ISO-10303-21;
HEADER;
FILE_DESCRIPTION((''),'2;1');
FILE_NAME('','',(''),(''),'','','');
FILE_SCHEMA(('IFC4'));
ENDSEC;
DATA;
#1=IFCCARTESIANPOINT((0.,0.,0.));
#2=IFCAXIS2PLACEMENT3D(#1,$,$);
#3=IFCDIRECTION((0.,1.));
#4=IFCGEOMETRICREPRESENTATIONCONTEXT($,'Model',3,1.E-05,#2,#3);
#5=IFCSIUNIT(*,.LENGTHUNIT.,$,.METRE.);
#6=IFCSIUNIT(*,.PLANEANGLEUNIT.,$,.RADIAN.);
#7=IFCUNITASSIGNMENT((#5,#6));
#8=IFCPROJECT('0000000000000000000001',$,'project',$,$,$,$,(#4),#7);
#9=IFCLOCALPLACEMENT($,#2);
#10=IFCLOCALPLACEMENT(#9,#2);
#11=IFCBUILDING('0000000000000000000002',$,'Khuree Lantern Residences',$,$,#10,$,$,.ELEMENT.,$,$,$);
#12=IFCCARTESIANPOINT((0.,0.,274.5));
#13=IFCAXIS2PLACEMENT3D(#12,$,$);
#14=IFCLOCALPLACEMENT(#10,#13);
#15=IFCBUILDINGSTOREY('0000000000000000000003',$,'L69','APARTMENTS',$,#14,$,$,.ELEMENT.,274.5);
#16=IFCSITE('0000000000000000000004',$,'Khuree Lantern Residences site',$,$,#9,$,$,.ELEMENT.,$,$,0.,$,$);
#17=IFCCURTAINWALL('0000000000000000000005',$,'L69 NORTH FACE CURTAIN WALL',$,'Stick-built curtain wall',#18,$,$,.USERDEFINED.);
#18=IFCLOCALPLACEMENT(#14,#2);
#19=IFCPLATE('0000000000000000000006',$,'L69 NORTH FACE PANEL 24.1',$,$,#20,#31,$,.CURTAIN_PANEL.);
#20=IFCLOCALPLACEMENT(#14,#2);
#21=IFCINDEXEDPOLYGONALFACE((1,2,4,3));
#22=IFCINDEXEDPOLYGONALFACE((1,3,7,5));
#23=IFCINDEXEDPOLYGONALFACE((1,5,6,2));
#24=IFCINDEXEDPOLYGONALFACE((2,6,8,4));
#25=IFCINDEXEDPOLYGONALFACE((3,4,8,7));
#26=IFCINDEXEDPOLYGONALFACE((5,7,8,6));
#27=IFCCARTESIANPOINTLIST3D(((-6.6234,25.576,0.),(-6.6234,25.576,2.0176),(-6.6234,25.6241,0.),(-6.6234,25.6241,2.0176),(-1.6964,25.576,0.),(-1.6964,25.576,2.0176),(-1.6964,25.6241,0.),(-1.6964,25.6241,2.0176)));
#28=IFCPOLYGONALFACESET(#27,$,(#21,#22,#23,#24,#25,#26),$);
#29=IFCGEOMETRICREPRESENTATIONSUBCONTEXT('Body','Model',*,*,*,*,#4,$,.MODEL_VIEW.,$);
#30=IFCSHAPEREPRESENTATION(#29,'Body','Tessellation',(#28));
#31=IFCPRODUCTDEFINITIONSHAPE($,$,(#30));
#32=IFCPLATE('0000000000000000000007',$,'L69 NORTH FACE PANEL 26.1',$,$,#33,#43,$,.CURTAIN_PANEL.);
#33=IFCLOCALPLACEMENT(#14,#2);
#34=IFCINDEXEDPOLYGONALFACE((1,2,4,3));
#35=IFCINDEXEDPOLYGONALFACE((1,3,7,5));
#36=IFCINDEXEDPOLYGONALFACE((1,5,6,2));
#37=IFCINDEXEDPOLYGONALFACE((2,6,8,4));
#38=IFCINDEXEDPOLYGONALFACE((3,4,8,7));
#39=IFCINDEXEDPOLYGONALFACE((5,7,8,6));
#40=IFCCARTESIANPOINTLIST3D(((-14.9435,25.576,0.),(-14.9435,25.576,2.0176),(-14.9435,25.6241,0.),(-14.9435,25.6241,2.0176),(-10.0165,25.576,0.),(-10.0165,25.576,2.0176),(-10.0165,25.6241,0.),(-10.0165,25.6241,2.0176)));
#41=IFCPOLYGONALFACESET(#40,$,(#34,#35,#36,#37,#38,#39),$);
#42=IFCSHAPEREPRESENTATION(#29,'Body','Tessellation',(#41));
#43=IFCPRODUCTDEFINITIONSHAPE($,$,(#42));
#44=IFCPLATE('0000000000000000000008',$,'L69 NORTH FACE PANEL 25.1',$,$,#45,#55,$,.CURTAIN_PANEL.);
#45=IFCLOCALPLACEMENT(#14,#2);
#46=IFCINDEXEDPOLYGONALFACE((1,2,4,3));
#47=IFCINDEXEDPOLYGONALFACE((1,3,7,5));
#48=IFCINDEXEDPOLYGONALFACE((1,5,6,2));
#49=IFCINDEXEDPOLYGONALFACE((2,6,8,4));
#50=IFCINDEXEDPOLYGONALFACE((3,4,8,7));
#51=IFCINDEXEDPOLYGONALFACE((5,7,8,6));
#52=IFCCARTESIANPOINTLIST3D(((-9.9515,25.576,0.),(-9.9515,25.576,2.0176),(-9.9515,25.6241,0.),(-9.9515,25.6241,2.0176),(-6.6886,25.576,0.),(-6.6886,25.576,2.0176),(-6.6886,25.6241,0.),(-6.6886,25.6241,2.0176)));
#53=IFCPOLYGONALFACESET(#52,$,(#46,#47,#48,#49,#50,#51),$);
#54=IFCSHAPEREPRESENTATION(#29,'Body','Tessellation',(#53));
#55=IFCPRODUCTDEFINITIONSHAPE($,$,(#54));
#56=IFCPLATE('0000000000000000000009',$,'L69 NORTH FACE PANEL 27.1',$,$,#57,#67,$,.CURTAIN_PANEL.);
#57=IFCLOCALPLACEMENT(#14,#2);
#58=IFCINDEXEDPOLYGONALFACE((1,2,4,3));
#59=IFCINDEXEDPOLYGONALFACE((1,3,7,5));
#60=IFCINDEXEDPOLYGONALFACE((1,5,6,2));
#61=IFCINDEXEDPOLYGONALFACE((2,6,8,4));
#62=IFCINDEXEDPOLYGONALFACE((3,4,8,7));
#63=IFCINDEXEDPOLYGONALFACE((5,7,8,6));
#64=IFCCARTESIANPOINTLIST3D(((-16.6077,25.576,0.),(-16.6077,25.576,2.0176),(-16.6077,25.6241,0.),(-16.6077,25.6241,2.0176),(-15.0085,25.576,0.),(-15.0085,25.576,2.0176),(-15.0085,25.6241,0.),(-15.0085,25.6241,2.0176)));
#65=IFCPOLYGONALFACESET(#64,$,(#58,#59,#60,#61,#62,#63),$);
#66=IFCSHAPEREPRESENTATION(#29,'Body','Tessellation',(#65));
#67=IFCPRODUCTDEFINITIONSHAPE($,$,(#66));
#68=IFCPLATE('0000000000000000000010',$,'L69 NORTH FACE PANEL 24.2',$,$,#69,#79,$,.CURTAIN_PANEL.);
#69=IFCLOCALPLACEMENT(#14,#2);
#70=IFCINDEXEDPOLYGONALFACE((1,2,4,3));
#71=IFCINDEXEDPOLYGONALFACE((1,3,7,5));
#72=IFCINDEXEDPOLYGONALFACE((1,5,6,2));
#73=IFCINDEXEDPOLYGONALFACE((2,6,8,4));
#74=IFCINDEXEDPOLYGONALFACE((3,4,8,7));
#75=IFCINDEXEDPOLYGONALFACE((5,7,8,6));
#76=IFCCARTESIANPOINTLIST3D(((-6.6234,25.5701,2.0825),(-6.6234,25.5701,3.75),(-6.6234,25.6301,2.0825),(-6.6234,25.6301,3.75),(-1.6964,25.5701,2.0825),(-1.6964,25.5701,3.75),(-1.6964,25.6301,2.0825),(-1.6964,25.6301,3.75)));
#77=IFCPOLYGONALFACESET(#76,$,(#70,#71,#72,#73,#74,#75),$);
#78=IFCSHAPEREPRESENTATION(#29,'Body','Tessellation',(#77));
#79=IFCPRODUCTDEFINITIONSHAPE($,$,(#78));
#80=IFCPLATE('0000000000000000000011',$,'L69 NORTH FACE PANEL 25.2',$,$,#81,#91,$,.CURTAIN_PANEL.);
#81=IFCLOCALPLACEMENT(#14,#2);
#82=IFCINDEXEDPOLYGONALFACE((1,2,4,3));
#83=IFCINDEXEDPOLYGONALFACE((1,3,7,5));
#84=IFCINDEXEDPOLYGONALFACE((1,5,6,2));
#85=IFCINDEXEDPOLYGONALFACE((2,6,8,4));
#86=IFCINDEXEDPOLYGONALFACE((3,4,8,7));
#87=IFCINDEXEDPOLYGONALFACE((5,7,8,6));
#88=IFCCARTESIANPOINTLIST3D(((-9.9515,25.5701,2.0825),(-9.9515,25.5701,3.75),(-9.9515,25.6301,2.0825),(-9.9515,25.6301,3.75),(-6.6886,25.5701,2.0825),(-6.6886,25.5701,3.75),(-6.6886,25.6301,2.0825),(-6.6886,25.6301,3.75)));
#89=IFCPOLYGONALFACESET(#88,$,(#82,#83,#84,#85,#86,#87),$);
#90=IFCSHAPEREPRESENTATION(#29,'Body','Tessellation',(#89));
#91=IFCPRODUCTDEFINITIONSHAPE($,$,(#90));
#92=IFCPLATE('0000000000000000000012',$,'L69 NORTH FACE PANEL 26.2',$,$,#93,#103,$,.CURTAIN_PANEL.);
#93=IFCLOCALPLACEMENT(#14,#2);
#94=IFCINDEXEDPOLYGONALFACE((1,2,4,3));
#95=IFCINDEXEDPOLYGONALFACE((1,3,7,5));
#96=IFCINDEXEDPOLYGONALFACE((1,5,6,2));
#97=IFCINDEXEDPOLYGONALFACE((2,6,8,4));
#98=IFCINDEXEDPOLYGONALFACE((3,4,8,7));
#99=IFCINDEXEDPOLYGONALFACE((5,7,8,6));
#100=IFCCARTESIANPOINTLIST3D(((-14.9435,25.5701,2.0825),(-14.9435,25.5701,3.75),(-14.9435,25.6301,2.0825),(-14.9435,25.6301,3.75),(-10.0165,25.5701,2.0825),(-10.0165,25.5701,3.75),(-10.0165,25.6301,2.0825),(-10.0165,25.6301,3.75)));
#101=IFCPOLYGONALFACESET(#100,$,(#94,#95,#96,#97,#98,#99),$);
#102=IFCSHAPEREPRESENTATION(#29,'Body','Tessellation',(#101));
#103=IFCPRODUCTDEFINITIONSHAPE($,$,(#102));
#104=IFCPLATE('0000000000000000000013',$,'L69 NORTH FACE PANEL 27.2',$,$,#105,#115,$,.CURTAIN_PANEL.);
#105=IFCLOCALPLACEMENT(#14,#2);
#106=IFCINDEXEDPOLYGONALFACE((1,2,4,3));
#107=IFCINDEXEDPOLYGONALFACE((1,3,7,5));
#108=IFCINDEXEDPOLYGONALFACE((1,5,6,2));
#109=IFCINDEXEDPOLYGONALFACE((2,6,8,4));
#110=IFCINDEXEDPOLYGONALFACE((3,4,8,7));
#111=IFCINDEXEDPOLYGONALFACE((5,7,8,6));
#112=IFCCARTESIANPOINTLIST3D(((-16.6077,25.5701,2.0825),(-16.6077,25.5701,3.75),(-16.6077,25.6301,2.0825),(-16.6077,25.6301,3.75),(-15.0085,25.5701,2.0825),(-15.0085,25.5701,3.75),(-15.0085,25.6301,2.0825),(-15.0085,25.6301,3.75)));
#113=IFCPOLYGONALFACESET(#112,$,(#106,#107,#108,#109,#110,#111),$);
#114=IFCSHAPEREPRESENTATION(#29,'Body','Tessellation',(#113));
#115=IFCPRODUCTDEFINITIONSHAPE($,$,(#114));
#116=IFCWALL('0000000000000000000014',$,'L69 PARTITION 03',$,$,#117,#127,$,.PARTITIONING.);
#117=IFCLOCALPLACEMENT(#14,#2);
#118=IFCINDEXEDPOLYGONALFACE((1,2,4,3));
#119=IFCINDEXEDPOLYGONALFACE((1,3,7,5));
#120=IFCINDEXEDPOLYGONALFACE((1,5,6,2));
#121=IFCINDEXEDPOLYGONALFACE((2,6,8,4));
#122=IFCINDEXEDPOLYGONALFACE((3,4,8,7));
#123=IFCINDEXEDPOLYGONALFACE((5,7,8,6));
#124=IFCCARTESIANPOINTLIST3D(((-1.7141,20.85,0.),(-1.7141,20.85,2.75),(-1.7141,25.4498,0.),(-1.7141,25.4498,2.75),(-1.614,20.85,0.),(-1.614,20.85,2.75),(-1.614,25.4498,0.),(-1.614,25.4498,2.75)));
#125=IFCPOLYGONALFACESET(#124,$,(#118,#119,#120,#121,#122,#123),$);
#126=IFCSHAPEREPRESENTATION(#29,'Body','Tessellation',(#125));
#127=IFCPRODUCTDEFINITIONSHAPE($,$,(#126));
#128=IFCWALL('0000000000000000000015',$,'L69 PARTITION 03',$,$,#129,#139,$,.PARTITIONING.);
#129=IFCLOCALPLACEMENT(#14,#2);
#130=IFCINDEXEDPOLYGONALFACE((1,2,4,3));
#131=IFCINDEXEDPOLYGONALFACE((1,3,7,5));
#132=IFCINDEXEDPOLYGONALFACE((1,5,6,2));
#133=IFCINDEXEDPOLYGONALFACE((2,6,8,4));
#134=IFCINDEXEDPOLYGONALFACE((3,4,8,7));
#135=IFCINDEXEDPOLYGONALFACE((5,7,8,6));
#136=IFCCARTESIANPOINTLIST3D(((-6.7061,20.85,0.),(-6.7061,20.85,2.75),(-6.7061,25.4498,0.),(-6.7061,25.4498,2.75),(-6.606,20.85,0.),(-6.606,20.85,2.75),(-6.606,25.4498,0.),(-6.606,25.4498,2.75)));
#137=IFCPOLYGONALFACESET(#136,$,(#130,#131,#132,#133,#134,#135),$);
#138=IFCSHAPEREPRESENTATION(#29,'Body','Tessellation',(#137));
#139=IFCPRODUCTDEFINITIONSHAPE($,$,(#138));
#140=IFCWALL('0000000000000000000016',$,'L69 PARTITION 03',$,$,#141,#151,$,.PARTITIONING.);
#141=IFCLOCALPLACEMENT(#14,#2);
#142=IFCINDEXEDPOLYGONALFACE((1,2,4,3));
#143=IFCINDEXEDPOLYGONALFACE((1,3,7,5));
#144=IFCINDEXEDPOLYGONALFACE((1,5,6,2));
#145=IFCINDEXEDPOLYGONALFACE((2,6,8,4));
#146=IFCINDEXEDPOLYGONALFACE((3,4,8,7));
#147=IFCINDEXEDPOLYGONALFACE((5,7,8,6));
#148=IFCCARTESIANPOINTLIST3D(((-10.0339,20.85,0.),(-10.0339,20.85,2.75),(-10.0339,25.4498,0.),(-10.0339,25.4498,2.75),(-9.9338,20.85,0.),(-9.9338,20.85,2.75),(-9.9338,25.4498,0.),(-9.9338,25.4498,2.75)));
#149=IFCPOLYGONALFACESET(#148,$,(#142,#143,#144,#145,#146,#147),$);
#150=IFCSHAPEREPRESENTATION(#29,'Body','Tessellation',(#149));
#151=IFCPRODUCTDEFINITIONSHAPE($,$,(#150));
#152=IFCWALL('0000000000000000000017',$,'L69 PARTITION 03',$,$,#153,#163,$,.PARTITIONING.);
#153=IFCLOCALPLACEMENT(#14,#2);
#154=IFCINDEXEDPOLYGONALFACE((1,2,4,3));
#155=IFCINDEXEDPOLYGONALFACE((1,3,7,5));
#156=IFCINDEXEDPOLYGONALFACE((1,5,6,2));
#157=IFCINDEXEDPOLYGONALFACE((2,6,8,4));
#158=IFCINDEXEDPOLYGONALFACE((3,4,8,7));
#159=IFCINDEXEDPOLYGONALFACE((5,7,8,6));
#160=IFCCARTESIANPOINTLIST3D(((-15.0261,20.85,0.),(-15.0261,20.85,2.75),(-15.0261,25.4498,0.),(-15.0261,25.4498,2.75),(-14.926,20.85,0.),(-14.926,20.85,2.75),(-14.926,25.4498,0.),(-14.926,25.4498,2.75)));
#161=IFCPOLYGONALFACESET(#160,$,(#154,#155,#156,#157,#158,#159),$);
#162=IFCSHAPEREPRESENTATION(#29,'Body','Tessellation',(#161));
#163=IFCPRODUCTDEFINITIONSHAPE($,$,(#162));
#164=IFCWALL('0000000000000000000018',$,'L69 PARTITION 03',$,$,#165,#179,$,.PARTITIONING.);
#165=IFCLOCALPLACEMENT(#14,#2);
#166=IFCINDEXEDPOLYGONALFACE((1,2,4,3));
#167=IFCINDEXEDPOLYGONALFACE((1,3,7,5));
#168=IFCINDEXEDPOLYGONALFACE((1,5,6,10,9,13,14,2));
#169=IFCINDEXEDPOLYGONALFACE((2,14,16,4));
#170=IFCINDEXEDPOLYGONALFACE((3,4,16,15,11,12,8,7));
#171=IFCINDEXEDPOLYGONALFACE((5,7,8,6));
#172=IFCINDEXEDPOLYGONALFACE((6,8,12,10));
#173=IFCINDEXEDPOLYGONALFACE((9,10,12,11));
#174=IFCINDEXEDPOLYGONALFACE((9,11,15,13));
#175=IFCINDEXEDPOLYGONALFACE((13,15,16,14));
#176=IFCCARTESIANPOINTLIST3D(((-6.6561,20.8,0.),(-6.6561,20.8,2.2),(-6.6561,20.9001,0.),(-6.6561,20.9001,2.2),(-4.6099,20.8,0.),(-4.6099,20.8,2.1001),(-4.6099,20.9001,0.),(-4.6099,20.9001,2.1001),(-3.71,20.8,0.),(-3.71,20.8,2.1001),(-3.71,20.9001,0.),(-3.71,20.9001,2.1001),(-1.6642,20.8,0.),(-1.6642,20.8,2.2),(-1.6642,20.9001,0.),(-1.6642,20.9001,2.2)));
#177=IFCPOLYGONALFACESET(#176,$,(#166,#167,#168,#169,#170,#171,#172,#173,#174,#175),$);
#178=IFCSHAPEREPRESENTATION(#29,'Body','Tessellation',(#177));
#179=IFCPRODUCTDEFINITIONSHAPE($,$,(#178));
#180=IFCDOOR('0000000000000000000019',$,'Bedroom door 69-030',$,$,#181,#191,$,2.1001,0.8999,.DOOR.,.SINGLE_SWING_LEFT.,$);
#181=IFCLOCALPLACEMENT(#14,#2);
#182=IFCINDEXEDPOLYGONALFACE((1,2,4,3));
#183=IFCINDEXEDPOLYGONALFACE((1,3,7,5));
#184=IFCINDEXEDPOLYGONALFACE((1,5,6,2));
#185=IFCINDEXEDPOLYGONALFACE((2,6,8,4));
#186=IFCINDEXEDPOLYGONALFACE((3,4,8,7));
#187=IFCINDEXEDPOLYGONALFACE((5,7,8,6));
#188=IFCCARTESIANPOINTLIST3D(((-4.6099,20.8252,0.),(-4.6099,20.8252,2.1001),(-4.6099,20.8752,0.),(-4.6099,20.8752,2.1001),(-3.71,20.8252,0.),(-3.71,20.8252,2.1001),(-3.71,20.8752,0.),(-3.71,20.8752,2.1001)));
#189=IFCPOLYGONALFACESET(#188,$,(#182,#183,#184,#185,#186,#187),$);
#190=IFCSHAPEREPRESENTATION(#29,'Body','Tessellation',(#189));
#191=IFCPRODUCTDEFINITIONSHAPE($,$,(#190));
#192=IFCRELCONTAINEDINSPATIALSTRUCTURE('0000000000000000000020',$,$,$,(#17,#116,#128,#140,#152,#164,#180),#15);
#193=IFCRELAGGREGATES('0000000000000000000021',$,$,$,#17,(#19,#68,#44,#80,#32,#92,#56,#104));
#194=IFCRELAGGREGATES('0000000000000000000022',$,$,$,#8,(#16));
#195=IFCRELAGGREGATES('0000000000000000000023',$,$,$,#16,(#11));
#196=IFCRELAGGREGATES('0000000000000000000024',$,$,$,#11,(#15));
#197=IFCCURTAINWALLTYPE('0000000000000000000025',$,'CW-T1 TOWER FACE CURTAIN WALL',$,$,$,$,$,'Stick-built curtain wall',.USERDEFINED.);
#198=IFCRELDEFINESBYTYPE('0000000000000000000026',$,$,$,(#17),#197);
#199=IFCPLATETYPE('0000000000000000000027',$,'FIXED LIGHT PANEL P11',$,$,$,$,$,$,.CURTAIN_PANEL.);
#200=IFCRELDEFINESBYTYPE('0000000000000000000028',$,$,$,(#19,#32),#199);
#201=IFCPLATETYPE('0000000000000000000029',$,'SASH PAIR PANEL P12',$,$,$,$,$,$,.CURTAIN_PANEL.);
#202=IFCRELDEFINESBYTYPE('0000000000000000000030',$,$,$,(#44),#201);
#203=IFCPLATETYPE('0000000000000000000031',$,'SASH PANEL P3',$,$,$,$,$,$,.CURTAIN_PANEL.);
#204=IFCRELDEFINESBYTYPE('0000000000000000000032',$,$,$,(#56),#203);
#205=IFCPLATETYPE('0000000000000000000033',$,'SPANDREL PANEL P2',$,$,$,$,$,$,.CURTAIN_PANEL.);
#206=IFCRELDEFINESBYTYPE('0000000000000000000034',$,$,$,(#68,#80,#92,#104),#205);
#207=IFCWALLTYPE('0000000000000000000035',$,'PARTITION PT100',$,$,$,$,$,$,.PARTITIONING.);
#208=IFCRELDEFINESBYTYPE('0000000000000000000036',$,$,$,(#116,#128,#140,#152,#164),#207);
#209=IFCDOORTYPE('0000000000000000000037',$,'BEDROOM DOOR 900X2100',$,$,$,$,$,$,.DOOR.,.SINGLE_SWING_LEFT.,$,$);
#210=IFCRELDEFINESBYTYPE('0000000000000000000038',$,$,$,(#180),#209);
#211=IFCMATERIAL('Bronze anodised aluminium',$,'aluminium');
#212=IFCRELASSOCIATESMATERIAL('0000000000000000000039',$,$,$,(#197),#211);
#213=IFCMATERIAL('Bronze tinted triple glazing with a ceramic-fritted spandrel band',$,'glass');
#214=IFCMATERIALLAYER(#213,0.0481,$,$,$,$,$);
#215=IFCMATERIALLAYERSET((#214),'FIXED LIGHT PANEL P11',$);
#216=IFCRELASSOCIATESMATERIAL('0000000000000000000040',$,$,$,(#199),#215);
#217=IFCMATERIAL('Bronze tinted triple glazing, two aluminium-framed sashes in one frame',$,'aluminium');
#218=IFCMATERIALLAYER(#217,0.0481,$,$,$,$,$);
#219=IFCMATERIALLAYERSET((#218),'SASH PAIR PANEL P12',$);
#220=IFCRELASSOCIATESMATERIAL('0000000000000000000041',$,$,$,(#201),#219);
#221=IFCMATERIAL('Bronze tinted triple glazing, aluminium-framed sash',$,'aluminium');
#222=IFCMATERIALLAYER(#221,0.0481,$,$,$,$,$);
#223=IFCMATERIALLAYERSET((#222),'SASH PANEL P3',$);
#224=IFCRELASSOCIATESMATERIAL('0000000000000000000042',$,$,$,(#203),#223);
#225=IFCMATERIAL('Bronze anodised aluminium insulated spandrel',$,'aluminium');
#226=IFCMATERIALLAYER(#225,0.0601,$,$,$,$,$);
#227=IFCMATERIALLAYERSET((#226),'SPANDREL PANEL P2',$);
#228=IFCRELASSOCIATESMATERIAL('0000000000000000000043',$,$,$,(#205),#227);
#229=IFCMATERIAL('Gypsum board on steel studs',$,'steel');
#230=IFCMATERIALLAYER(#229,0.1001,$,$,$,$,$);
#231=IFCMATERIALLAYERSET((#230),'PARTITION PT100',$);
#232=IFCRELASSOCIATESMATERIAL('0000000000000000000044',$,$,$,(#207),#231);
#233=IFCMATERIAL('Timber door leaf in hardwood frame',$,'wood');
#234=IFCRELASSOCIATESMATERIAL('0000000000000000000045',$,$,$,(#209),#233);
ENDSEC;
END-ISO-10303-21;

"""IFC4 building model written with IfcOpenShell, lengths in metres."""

from ifc_helpers import new_model, si_unit, direction, frame, frame_2d, origin, origin_2d, place, context, subcontext, project, spatial, rectangle, extrude, material, layer, layer_set, type_object, element, fill, aggregate, save


model = new_model("IFC4")

# Units and contexts
model_context = context("Model", 3, precision=1e-05, world=origin(), true_north=direction((0.0, 1.0)))
body_context = subcontext(model_context, "Body", "Model", "MODEL_VIEW")
ifc_project = project(units=[si_unit("LENGTHUNIT", "METRE"), si_unit("PLANEANGLEUNIT", "RADIAN")], contexts=[model_context])

# Site, building, storey
site_placement = place(None, origin())
site = spatial("IfcSite", under=ifc_project, at=site_placement, Name="Khuree Lantern Residences site", CompositionType="ELEMENT", RefElevation=0.0)
building_placement = place(site_placement, origin())
building = spatial("IfcBuilding", under=site, at=building_placement, Name="Khuree Lantern Residences", CompositionType="ELEMENT")
storey_placement = place(building_placement, frame((0.0, 0.0, 274.5)))
storey = spatial("IfcBuildingStorey", under=building, at=storey_placement, Name="L69", Description="APARTMENTS", CompositionType="ELEMENT", Elevation=274.5)

# Curtain wall
ifc_material_1 = material(Name="Bronze anodised aluminium", Category="aluminium")
curtain_wall_type = type_object("IfcCurtainWallType", Name="CW-T1 TOWER FACE CURTAIN WALL", ElementType="Stick-built curtain wall", PredefinedType="USERDEFINED", material=ifc_material_1)
curtain_wall_placement = place(storey_placement, origin())
curtain_wall = element("IfcCurtainWall", 1, at=curtain_wall_placement, inside=storey, type_object=curtain_wall_type, Name="L69 NORTH FACE CURTAIN WALL", ObjectType="Stick-built curtain wall", PredefinedType="USERDEFINED")

# Plates
ifc_material_2 = material(Name="Bronze tinted triple glazing with a ceramic-fritted spandrel band", Category="glass")
ifc_layer_1 = layer(ifc_material_2, 0.0481)
ifc_layer_set_1 = layer_set([ifc_layer_1], Name="FIXED LIGHT PANEL P11")
plate_type_1 = type_object("IfcPlateType", Name="FIXED LIGHT PANEL P11", PredefinedType="CURTAIN_PANEL", material=ifc_layer_set_1)
plate_1_placement = place(storey_placement, frame((-4.1599, 25.6001, 0.0), z_axis=(0.0, 0.0, 1.0), x_axis=(-1.0, 0.0, 0.0)))
plate_1 = element("IfcPlate", 2, at=plate_1_placement, type_object=plate_type_1, Name="L69 NORTH FACE PANEL 24.1", PredefinedType="CURTAIN_PANEL", context=body_context, shape_type="SweptSolid", body=[
    extrude(rectangle(XDim=4.927, YDim=0.0481, at=origin_2d()), origin(), (0.0, 0.0, 1.0), 2.0176),
])
plate_2_placement = place(storey_placement, frame((-12.48, 25.6001, 0.0), z_axis=(0.0, 0.0, 1.0), x_axis=(-1.0, 0.0, 0.0)))
plate_2 = element("IfcPlate", 3, at=plate_2_placement, type_object=plate_type_1, Name="L69 NORTH FACE PANEL 26.1", PredefinedType="CURTAIN_PANEL", context=body_context, shape_type="SweptSolid", body=[
    extrude(rectangle(XDim=4.927, YDim=0.0481, at=origin_2d()), origin(), (0.0, 0.0, 1.0), 2.0176),
])
ifc_material_3 = material(Name="Bronze tinted triple glazing, two aluminium-framed sashes in one frame", Category="aluminium")
ifc_layer_2 = layer(ifc_material_3, 0.0481)
ifc_layer_set_2 = layer_set([ifc_layer_2], Name="SASH PAIR PANEL P12")
plate_type_2 = type_object("IfcPlateType", Name="SASH PAIR PANEL P12", PredefinedType="CURTAIN_PANEL", material=ifc_layer_set_2)
plate_3_placement = place(storey_placement, frame((-8.3201, 25.6001, 0.0), z_axis=(0.0, 0.0, 1.0), x_axis=(-1.0, 0.0, 0.0)))
plate_3 = element("IfcPlate", 4, at=plate_3_placement, type_object=plate_type_2, Name="L69 NORTH FACE PANEL 25.1", PredefinedType="CURTAIN_PANEL", context=body_context, shape_type="SweptSolid", body=[
    extrude(rectangle(XDim=3.2629, YDim=0.0481, at=origin_2d()), origin(), (0.0, 0.0, 1.0), 2.0176),
])
ifc_material_4 = material(Name="Bronze tinted triple glazing, aluminium-framed sash", Category="aluminium")
ifc_layer_3 = layer(ifc_material_4, 0.0481)
ifc_layer_set_3 = layer_set([ifc_layer_3], Name="SASH PANEL P3")
plate_type_3 = type_object("IfcPlateType", Name="SASH PANEL P3", PredefinedType="CURTAIN_PANEL", material=ifc_layer_set_3)
plate_4_placement = place(storey_placement, frame((-15.8081, 25.6001, 0.0), z_axis=(0.0, 0.0, 1.0), x_axis=(-1.0, 0.0, 0.0)))
plate_4 = element("IfcPlate", 5, at=plate_4_placement, type_object=plate_type_3, Name="L69 NORTH FACE PANEL 27.1", PredefinedType="CURTAIN_PANEL", context=body_context, shape_type="SweptSolid", body=[
    extrude(rectangle(XDim=1.5991, YDim=0.0481, at=origin_2d()), origin(), (0.0, 0.0, 1.0), 2.0176),
])
ifc_material_5 = material(Name="Bronze anodised aluminium insulated spandrel", Category="aluminium")
ifc_layer_4 = layer(ifc_material_5, 0.0601)
ifc_layer_set_4 = layer_set([ifc_layer_4], Name="SPANDREL PANEL P2")
plate_type_4 = type_object("IfcPlateType", Name="SPANDREL PANEL P2", PredefinedType="CURTAIN_PANEL", material=ifc_layer_set_4)
plate_5_placement = place(storey_placement, frame((-4.1599, 25.6001, 2.0825), z_axis=(0.0, 0.0, 1.0), x_axis=(-1.0, 0.0, 0.0)))
plate_5 = element("IfcPlate", 6, at=plate_5_placement, type_object=plate_type_4, Name="L69 NORTH FACE PANEL 24.2", PredefinedType="CURTAIN_PANEL", context=body_context, shape_type="SweptSolid", body=[
    extrude(rectangle(XDim=4.927, YDim=0.0601, at=origin_2d()), origin(), (0.0, 0.0, 1.0), 1.6675),
])
plate_6_placement = place(storey_placement, frame((-8.3201, 25.6001, 2.0825), z_axis=(0.0, 0.0, 1.0), x_axis=(-1.0, 0.0, 0.0)))
plate_6 = element("IfcPlate", 7, at=plate_6_placement, type_object=plate_type_4, Name="L69 NORTH FACE PANEL 25.2", PredefinedType="CURTAIN_PANEL", context=body_context, shape_type="SweptSolid", body=[
    extrude(rectangle(XDim=3.2629, YDim=0.0601, at=origin_2d()), origin(), (0.0, 0.0, 1.0), 1.6675),
])
plate_7_placement = place(storey_placement, frame((-12.48, 25.6001, 2.0825), z_axis=(0.0, 0.0, 1.0), x_axis=(-1.0, 0.0, 0.0)))
plate_7 = element("IfcPlate", 8, at=plate_7_placement, type_object=plate_type_4, Name="L69 NORTH FACE PANEL 26.2", PredefinedType="CURTAIN_PANEL", context=body_context, shape_type="SweptSolid", body=[
    extrude(rectangle(XDim=4.927, YDim=0.0601, at=origin_2d()), origin(), (0.0, 0.0, 1.0), 1.6675),
])
plate_8_placement = place(storey_placement, frame((-15.8081, 25.6001, 2.0825), z_axis=(0.0, 0.0, 1.0), x_axis=(-1.0, 0.0, 0.0)))
plate_8 = element("IfcPlate", 9, at=plate_8_placement, type_object=plate_type_4, Name="L69 NORTH FACE PANEL 27.2", PredefinedType="CURTAIN_PANEL", context=body_context, shape_type="SweptSolid", body=[
    extrude(rectangle(XDim=1.5991, YDim=0.0601, at=origin_2d()), origin(), (0.0, 0.0, 1.0), 1.6675),
])
aggregate(curtain_wall, [plate_1, plate_5, plate_3, plate_6, plate_2, plate_7, plate_4, plate_8])

# Walls
ifc_material_6 = material(Name="Gypsum board on steel studs", Category="steel")
ifc_layer_5 = layer(ifc_material_6, 0.1001)
ifc_layer_set_5 = layer_set([ifc_layer_5], Name="PARTITION PT100")
wall_type = type_object("IfcWallType", Name="PARTITION PT100", PredefinedType="PARTITIONING", material=ifc_layer_set_5)
for number, where, z_axis, x_axis, name in (
    (10, (-1.6641, 20.8501, 0.0), (0.0, 0.0, 1.0), (0.0, 1.0, 0.0), "L69 PARTITION 03"),
    (11, (-6.656, 20.8501, 0.0), (0.0, 0.0, 1.0), (0.0, 1.0, 0.0), "L69 PARTITION 03"),
    (12, (-9.9839, 20.8501, 0.0), (0.0, 0.0, 1.0), (0.0, 1.0, 0.0), "L69 PARTITION 03"),
    (13, (-14.9761, 20.8501, 0.0), (0.0, 0.0, 1.0), (0.0, 1.0, 0.0), "L69 PARTITION 03"),
):
    element("IfcWall", number, at=place(storey_placement, frame(where, z_axis=z_axis, x_axis=x_axis)), inside=storey, type_object=wall_type, Name=name, PredefinedType="PARTITIONING", context=body_context, shape_type="SweptSolid", body=[
        extrude(rectangle(XDim=4.5999, YDim=0.1001, at=frame_2d((2.2998, 0.0))), origin(), (0.0, 0.0, 1.0), 2.75),
    ])

# Wall, opening, door
wall_1_placement = place(storey_placement, frame((-1.6641, 20.8501, 0.0), z_axis=(0.0, 0.0, 1.0), x_axis=(-1.0, 0.0, 0.0)))
wall_1 = element("IfcWall", 14, at=wall_1_placement, inside=storey, type_object=wall_type, Name="L69 PARTITION 03", PredefinedType="PARTITIONING", context=body_context, shape_type="SweptSolid", body=[
    extrude(rectangle(XDim=4.9919, YDim=0.1001, at=frame_2d((2.4961, 0.0))), origin(), (0.0, 0.0, 1.0), 2.2),
])
opening_1_placement = place(wall_1_placement, frame((2.0459, 0.0, 0.0)))
opening_1 = element("IfcOpeningElement", 15, at=opening_1_placement, cuts=wall_1, PredefinedType="OPENING", context=body_context, shape_type="SweptSolid", body=[
    extrude(rectangle(XDim=0.8999, YDim=2.1001, at=frame_2d((0.45, 1.05))), frame((0.0, 0.0601, 0.0), z_axis=(0.0, -1.0, 0.0), x_axis=(1.0, 0.0, 0.0)), (0.0, 0.0, 1.0), 0.1201),
])
ifc_material_7 = material(Name="Timber door leaf in hardwood frame", Category="wood")
door_type = type_object("IfcDoorType", Name="BEDROOM DOOR 900X2100", OperationType="SINGLE_SWING_LEFT", PredefinedType="DOOR", material=ifc_material_7)
door_1_placement = place(opening_1_placement, origin())
door_1 = element("IfcDoor", 16, at=door_1_placement, inside=storey, type_object=door_type, Name="Bedroom door 69-030", OperationType="SINGLE_SWING_LEFT", OverallHeight=2.1001, OverallWidth=0.8999, PredefinedType="DOOR", context=body_context, shape_type="SweptSolid", body=[
    extrude(rectangle(XDim=0.8999, YDim=2.1001, at=frame_2d((0.45, 1.05))), frame((0.0, 0.0249, 0.0), z_axis=(0.0, -1.0, 0.0), x_axis=(1.0, 0.0, 0.0)), (0.0, 0.0, 1.0), 0.05),
])
fill(opening_1, door_1)

save(model, "model.ifc")
